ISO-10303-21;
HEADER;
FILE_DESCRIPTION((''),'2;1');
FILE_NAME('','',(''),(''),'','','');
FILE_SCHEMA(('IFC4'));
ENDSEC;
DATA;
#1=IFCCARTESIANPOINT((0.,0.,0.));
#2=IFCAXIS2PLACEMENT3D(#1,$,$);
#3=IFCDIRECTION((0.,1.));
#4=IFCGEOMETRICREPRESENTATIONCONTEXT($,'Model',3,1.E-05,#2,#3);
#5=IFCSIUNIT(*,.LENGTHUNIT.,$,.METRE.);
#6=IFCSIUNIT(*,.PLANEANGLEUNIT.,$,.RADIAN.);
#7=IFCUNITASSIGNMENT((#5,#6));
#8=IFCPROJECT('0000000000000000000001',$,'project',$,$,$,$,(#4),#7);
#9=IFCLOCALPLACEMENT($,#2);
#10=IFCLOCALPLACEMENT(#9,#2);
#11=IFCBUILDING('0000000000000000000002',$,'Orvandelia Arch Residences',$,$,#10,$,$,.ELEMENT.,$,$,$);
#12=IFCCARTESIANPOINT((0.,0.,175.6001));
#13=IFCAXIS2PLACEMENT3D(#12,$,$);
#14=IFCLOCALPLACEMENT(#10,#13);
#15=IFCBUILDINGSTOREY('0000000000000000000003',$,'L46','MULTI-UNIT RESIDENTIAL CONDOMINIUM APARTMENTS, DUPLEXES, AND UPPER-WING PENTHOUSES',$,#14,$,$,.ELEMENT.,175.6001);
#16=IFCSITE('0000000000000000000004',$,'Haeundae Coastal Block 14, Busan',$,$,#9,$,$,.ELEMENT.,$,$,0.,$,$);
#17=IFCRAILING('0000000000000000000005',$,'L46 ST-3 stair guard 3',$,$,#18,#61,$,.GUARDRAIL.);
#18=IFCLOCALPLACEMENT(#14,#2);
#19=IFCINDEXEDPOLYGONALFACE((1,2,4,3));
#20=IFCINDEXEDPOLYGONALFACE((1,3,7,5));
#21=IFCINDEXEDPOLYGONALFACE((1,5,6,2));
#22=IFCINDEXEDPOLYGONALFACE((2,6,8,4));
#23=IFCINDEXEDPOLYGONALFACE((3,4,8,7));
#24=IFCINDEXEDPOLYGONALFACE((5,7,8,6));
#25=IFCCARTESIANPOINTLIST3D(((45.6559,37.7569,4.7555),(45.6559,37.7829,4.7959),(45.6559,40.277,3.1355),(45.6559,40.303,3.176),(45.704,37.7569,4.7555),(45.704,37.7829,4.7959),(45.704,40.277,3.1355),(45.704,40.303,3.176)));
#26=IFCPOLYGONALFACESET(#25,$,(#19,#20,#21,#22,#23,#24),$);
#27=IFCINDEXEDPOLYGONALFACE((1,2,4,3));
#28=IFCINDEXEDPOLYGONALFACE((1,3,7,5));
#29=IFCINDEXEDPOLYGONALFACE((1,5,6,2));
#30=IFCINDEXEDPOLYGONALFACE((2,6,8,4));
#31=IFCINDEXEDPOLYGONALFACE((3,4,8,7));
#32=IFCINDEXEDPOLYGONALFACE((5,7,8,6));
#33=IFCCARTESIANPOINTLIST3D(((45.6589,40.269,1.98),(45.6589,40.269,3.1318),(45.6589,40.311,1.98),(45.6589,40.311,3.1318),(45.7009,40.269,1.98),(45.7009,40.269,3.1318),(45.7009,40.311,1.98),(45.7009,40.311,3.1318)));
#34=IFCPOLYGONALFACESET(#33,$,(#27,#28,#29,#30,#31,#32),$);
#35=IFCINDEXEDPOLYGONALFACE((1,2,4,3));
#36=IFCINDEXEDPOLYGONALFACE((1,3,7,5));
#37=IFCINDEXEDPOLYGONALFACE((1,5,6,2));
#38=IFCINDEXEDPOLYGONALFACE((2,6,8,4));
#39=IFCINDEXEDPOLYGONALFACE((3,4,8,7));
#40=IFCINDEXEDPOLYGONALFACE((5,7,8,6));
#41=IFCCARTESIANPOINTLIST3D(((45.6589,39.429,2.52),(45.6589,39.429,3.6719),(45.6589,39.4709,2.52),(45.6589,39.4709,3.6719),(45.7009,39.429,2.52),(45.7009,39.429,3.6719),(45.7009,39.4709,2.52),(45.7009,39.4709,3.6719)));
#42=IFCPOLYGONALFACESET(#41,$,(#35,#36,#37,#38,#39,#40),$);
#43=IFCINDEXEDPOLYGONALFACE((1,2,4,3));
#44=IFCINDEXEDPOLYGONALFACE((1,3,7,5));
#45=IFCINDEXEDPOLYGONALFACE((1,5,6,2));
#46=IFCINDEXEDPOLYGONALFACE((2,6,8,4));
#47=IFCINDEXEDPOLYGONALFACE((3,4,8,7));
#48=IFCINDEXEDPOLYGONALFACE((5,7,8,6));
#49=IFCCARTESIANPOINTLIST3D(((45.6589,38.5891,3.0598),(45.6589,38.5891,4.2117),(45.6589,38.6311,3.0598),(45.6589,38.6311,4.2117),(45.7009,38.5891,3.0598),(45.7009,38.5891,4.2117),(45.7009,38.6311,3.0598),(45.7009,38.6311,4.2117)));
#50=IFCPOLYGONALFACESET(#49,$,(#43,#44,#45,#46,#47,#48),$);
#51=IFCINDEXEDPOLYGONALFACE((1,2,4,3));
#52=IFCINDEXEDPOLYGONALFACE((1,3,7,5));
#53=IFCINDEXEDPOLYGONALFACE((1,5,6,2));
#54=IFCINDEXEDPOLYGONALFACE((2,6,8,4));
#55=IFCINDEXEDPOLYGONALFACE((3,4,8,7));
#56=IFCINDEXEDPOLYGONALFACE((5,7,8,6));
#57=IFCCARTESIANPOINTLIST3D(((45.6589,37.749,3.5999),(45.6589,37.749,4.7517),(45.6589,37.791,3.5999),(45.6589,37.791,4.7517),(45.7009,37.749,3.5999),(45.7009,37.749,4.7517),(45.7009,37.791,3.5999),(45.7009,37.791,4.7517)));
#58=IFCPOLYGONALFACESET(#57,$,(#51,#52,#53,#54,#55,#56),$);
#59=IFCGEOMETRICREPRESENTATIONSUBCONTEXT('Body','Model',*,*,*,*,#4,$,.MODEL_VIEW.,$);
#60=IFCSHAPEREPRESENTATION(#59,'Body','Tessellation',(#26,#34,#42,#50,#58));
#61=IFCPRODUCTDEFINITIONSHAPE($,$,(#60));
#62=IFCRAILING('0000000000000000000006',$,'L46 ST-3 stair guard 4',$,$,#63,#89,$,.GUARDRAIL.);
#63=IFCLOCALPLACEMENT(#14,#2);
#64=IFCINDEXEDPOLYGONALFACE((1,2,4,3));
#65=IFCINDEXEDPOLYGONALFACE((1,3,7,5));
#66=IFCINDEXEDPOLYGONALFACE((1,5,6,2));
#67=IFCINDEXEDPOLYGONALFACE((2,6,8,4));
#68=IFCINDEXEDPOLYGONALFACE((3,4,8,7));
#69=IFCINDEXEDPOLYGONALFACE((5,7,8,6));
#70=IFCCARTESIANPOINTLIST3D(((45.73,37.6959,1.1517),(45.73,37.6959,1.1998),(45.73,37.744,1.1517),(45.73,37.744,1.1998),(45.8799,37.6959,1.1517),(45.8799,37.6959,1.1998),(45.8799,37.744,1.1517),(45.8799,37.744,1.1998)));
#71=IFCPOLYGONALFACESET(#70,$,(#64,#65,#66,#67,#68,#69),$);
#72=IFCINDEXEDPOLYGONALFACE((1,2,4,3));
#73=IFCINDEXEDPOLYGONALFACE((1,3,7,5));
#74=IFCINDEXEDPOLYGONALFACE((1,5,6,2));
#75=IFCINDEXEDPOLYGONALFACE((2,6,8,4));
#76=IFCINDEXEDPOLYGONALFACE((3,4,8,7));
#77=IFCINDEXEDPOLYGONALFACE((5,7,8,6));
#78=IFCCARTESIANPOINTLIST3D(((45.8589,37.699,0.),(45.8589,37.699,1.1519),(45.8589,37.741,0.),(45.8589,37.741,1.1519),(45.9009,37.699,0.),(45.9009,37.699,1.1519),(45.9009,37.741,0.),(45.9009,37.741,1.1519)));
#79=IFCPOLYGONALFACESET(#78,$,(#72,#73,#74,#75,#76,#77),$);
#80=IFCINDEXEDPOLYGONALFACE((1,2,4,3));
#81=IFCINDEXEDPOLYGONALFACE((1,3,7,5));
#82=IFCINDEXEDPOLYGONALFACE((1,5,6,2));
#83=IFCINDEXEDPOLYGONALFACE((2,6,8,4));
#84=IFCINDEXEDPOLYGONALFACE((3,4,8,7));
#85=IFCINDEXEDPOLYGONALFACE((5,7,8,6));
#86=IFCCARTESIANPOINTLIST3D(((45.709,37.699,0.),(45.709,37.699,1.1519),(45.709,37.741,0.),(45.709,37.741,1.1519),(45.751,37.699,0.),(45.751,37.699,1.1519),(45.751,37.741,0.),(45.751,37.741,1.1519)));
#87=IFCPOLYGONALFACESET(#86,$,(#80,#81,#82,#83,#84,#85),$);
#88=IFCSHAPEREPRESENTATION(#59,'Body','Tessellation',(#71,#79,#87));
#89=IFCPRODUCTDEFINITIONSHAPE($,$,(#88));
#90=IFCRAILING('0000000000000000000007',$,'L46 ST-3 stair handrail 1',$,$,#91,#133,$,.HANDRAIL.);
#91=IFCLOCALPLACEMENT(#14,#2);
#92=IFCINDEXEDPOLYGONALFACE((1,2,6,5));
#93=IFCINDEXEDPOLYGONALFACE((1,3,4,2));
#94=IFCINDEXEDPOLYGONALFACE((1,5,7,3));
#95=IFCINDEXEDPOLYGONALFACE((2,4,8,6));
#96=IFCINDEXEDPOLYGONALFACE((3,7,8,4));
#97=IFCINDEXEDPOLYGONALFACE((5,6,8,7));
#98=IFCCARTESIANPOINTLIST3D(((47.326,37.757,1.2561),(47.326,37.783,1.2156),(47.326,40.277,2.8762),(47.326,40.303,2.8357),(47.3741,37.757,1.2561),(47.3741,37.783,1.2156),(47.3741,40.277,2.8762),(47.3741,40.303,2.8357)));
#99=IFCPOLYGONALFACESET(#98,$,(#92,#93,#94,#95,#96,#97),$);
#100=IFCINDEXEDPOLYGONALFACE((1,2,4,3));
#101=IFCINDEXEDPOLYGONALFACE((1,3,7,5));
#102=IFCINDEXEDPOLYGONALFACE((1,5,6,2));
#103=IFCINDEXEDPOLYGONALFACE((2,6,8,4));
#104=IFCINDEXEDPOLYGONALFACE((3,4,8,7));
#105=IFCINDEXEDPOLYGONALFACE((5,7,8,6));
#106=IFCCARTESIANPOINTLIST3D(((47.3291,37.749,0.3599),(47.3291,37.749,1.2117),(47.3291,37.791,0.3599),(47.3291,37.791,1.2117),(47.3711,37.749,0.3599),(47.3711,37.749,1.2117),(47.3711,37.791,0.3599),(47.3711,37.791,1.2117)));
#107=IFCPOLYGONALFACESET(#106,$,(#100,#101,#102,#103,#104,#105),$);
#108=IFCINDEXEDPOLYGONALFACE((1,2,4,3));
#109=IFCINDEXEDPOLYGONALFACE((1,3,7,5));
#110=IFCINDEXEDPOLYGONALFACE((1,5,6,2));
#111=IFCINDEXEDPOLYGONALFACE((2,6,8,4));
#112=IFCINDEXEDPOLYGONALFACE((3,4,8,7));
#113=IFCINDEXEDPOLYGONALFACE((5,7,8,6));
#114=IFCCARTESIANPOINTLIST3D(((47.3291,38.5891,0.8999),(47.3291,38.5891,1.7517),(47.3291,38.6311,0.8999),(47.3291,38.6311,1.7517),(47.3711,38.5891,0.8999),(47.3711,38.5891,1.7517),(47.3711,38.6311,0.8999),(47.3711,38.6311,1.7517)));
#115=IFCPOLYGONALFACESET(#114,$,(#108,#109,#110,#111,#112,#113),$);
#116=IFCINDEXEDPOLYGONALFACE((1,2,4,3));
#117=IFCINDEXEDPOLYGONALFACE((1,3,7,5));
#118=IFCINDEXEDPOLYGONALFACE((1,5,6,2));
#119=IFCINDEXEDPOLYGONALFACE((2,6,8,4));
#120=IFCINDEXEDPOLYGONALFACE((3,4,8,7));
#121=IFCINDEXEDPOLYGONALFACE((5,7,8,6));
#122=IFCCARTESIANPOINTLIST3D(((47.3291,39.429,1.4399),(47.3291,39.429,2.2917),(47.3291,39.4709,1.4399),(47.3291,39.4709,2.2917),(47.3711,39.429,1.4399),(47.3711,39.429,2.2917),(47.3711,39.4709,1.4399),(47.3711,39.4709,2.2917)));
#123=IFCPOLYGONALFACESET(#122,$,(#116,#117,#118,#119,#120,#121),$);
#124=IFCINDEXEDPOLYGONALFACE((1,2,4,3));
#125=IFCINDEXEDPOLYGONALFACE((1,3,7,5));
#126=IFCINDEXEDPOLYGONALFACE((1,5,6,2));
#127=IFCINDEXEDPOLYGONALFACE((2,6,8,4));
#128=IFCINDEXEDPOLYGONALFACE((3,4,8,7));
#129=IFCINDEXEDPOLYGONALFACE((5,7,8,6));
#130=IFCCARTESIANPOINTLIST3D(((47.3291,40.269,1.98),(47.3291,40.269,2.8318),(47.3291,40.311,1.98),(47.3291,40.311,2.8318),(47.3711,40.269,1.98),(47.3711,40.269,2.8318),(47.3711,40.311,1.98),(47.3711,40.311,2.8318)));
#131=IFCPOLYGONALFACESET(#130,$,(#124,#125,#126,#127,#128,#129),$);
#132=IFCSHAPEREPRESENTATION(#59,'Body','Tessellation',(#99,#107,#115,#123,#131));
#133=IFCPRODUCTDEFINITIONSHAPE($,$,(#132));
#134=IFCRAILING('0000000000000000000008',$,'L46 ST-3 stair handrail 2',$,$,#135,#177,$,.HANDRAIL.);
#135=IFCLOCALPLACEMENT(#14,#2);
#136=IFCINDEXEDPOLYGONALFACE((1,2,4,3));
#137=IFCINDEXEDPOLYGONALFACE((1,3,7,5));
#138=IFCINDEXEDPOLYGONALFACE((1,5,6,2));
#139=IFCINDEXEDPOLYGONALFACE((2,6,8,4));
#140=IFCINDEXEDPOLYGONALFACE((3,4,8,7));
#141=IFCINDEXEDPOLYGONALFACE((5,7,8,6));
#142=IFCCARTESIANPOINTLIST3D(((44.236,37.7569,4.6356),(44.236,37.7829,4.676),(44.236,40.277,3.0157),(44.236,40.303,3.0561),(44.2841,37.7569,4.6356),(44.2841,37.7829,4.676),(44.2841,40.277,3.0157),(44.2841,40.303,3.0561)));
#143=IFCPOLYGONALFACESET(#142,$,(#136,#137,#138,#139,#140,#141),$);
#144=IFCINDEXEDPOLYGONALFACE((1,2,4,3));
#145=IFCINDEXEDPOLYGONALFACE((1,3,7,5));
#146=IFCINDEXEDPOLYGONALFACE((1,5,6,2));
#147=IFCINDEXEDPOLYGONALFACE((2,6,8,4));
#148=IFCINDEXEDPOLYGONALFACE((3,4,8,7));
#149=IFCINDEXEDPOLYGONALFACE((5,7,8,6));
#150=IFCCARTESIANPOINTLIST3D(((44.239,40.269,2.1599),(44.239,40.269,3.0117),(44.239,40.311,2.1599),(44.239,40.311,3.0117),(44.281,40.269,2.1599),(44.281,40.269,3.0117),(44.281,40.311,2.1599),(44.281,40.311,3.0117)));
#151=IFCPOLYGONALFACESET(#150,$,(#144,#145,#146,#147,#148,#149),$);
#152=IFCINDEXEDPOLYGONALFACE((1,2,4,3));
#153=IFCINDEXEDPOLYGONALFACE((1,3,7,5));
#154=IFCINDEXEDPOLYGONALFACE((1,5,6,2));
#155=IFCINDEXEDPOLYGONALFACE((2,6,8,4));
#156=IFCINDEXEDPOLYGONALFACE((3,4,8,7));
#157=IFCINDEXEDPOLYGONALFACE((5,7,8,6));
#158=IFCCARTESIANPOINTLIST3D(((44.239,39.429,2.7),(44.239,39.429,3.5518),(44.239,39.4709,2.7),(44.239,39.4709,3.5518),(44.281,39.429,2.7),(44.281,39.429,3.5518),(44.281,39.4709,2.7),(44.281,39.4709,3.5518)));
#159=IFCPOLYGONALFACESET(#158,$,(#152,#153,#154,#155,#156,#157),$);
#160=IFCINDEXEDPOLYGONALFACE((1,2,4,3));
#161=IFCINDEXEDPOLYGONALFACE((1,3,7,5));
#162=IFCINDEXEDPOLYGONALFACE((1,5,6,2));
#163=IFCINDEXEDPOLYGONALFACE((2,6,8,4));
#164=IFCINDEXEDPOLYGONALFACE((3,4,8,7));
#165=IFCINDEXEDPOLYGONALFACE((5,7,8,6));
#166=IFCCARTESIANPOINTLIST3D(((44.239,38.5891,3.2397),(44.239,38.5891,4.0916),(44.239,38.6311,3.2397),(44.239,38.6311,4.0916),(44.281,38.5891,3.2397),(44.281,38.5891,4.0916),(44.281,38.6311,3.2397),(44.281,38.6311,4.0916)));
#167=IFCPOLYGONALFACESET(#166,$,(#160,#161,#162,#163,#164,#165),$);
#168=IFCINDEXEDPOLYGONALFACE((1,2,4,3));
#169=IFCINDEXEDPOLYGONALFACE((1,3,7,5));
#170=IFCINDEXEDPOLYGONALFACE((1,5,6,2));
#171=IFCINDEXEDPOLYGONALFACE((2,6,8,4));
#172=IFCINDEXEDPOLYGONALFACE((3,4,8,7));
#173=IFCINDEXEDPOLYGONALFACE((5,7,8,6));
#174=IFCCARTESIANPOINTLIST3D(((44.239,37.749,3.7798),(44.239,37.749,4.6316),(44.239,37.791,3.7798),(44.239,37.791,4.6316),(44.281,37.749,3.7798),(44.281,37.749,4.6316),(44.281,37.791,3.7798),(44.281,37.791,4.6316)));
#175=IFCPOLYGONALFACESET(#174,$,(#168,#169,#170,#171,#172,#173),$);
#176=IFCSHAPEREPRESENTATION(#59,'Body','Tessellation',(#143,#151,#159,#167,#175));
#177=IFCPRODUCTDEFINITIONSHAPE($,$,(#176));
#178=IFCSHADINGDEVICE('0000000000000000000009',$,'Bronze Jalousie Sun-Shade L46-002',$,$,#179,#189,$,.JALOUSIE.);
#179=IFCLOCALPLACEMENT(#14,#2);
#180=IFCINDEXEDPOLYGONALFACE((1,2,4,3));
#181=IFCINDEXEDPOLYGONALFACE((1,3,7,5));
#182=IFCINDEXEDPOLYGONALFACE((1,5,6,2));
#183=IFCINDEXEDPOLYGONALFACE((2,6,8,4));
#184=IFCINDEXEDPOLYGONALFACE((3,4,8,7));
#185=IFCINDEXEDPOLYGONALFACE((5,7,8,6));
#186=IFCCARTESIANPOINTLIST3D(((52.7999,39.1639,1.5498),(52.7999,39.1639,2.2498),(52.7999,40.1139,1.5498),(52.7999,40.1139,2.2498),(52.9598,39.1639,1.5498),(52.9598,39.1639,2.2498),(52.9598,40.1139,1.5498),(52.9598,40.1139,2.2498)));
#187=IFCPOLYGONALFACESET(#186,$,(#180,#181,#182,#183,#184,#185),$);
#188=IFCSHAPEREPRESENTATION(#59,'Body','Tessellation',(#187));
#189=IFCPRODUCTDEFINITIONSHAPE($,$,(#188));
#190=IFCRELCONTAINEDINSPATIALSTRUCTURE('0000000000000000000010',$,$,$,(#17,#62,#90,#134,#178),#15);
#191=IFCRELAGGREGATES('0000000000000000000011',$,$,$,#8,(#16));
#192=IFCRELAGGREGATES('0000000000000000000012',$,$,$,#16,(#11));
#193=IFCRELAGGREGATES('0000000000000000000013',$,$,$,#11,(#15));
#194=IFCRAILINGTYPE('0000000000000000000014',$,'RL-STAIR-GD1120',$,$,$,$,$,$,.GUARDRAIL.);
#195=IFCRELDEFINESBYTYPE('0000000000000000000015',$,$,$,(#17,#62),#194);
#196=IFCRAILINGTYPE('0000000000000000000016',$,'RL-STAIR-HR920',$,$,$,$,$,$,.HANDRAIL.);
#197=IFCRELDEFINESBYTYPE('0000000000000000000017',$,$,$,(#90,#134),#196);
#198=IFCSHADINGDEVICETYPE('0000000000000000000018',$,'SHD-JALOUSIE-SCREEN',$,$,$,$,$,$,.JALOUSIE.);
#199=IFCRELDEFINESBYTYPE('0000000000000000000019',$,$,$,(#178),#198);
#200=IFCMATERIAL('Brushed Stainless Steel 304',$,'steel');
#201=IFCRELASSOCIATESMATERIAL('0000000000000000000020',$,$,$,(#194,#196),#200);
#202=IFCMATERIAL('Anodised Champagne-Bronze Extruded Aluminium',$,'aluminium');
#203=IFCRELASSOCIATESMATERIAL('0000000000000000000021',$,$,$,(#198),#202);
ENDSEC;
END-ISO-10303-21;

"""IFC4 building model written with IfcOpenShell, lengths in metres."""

from ifc_helpers import new_model, si_unit, direction, frame, origin, origin_2d, place, context, subcontext, project, spatial, rectangle, extrude, material, type_object, element, save


model = new_model("IFC4")

# Units and contexts
model_context = context("Model", 3, precision=1e-05, world=origin(), true_north=direction((0.0, 1.0)))
body_context = subcontext(model_context, "Body", "Model", "MODEL_VIEW")
ifc_project = project(units=[si_unit("LENGTHUNIT", "METRE"), si_unit("PLANEANGLEUNIT", "RADIAN")], contexts=[model_context])

# Site, building, storey
site_placement = place(None, origin())
site = spatial("IfcSite", under=ifc_project, at=site_placement, Name="Haeundae Coastal Block 14, Busan", CompositionType="ELEMENT", RefElevation=0.0)
building_placement = place(site_placement, origin())
building = spatial("IfcBuilding", under=site, at=building_placement, Name="Orvandelia Arch Residences", CompositionType="ELEMENT")
storey_placement = place(building_placement, frame((0.0, 0.0, 175.6001)))
storey = spatial("IfcBuildingStorey", under=building, at=storey_placement, Name="L46", Description="MULTI-UNIT RESIDENTIAL CONDOMINIUM APARTMENTS, DUPLEXES, AND UPPER-WING PENTHOUSES", CompositionType="ELEMENT", Elevation=175.6001)

# Railings
ifc_material_1 = material(Name="Brushed Stainless Steel 304", Category="steel")
railing_type_1 = type_object("IfcRailingType", Name="RL-STAIR-GD1120", PredefinedType="GUARDRAIL", material=ifc_material_1)
railing_1_placement = place(storey_placement, frame((45.6799, 40.29, 1.98)))
element("IfcRailing", 1, at=railing_1_placement, inside=storey, type_object=railing_type_1, Name="L46 ST-3 stair guard 3", PredefinedType="GUARDRAIL", context=body_context, shape_type="SweptSolid", body=[
    extrude(rectangle(XDim=0.0481, YDim=0.0481, at=origin_2d()), frame((0.0, 0.0, 1.1758), z_axis=(0.0, -0.8412, 0.540725), x_axis=(1.0, 0.0, 0.0)), (0.0, 0.0, 1.0), 2.9958),
    extrude(rectangle(XDim=0.042, YDim=0.042, at=origin_2d()), origin(), (0.0, 0.0, 1.0), 1.1519),
    extrude(rectangle(XDim=0.042, YDim=0.042, at=origin_2d()), frame((0.0, -0.8401, 0.54)), (0.0, 0.0, 1.0), 1.1519),
    extrude(rectangle(XDim=0.042, YDim=0.042, at=origin_2d()), frame((0.0, -1.6799, 1.0798)), (0.0, 0.0, 1.0), 1.1519),
    extrude(rectangle(XDim=0.042, YDim=0.042, at=origin_2d()), frame((0.0, -2.52, 1.6199)), (0.0, 0.0, 1.0), 1.1519),
])
railing_2_placement = place(storey_placement, frame((45.8799, 37.72, 0.0)))
element("IfcRailing", 2, at=railing_2_placement, inside=storey, type_object=railing_type_1, Name="L46 ST-3 stair guard 4", PredefinedType="GUARDRAIL", context=body_context, shape_type="SweptSolid", body=[
    extrude(rectangle(XDim=0.0481, YDim=0.0481, at=origin_2d()), frame((0.0, 0.0, 1.1758), z_axis=(-1.0, 0.0, 0.0), x_axis=(0.0, -1.0, 0.0)), (0.0, 0.0, 1.0), 0.1499),
    extrude(rectangle(XDim=0.042, YDim=0.042, at=origin_2d()), origin(), (0.0, 0.0, 1.0), 1.1519),
    extrude(rectangle(XDim=0.042, YDim=0.042, at=origin_2d()), frame((-0.1499, 0.0, 0.0)), (0.0, 0.0, 1.0), 1.1519),
])
railing_type_2 = type_object("IfcRailingType", Name="RL-STAIR-HR920", PredefinedType="HANDRAIL", material=ifc_material_1)
railing_3_placement = place(storey_placement, frame((47.3501, 37.77, 0.3599)))
element("IfcRailing", 3, at=railing_3_placement, inside=storey, type_object=railing_type_2, Name="L46 ST-3 stair handrail 1", PredefinedType="HANDRAIL", context=body_context, shape_type="SweptSolid", body=[
    extrude(rectangle(XDim=0.0481, YDim=0.0481, at=origin_2d()), frame((0.0, 0.0, 0.876), z_axis=(0.0, 0.841163, 0.540782), x_axis=(-1.0, 0.0, 0.0)), (0.0, 0.0, 1.0), 2.9958),
    extrude(rectangle(XDim=0.042, YDim=0.042, at=origin_2d()), origin(), (0.0, 0.0, 1.0), 0.8518),
    extrude(rectangle(XDim=0.042, YDim=0.042, at=origin_2d()), frame((0.0, 0.8401, 0.54)), (0.0, 0.0, 1.0), 0.8518),
    extrude(rectangle(XDim=0.042, YDim=0.042, at=origin_2d()), frame((0.0, 1.6799, 1.0801)), (0.0, 0.0, 1.0), 0.8518),
    extrude(rectangle(XDim=0.042, YDim=0.042, at=origin_2d()), frame((0.0, 2.52, 1.6201)), (0.0, 0.0, 1.0), 0.8518),
])
railing_4_placement = place(storey_placement, frame((44.26, 40.29, 2.1599)))
element("IfcRailing", 4, at=railing_4_placement, inside=storey, type_object=railing_type_2, Name="L46 ST-3 stair handrail 2", PredefinedType="HANDRAIL", context=body_context, shape_type="SweptSolid", body=[
    extrude(rectangle(XDim=0.0481, YDim=0.0481, at=origin_2d()), frame((0.0, 0.0, 0.876), z_axis=(0.0, -0.8412, 0.540725), x_axis=(1.0, 0.0, 0.0)), (0.0, 0.0, 1.0), 2.9958),
    extrude(rectangle(XDim=0.042, YDim=0.042, at=origin_2d()), origin(), (0.0, 0.0, 1.0), 0.8518),
    extrude(rectangle(XDim=0.042, YDim=0.042, at=origin_2d()), frame((0.0, -0.8401, 0.54)), (0.0, 0.0, 1.0), 0.8518),
    extrude(rectangle(XDim=0.042, YDim=0.042, at=origin_2d()), frame((0.0, -1.6799, 1.0798)), (0.0, 0.0, 1.0), 0.8518),
    extrude(rectangle(XDim=0.042, YDim=0.042, at=origin_2d()), frame((0.0, -2.52, 1.6199)), (0.0, 0.0, 1.0), 0.8518),
])

# Shading device
ifc_material_2 = material(Name="Anodised Champagne-Bronze Extruded Aluminium", Category="aluminium")
shading_device_type = type_object("IfcShadingDeviceType", Name="SHD-JALOUSIE-SCREEN", PredefinedType="JALOUSIE", material=ifc_material_2)
shading_device_placement = place(storey_placement, frame((52.8799, 39.6389, 1.5498), z_axis=(0.0, 0.0, 1.0), x_axis=(0.0, -1.0, 0.0)))
element("IfcShadingDevice", 5, at=shading_device_placement, inside=storey, type_object=shading_device_type, Name="Bronze Jalousie Sun-Shade L46-002", PredefinedType="JALOUSIE", context=body_context, shape_type="SweptSolid", body=[
    extrude(rectangle(XDim=0.95, YDim=0.1599, at=origin_2d()), origin(), (0.0, 0.0, 1.0), 0.7),
])

save(model, "model.ifc")
